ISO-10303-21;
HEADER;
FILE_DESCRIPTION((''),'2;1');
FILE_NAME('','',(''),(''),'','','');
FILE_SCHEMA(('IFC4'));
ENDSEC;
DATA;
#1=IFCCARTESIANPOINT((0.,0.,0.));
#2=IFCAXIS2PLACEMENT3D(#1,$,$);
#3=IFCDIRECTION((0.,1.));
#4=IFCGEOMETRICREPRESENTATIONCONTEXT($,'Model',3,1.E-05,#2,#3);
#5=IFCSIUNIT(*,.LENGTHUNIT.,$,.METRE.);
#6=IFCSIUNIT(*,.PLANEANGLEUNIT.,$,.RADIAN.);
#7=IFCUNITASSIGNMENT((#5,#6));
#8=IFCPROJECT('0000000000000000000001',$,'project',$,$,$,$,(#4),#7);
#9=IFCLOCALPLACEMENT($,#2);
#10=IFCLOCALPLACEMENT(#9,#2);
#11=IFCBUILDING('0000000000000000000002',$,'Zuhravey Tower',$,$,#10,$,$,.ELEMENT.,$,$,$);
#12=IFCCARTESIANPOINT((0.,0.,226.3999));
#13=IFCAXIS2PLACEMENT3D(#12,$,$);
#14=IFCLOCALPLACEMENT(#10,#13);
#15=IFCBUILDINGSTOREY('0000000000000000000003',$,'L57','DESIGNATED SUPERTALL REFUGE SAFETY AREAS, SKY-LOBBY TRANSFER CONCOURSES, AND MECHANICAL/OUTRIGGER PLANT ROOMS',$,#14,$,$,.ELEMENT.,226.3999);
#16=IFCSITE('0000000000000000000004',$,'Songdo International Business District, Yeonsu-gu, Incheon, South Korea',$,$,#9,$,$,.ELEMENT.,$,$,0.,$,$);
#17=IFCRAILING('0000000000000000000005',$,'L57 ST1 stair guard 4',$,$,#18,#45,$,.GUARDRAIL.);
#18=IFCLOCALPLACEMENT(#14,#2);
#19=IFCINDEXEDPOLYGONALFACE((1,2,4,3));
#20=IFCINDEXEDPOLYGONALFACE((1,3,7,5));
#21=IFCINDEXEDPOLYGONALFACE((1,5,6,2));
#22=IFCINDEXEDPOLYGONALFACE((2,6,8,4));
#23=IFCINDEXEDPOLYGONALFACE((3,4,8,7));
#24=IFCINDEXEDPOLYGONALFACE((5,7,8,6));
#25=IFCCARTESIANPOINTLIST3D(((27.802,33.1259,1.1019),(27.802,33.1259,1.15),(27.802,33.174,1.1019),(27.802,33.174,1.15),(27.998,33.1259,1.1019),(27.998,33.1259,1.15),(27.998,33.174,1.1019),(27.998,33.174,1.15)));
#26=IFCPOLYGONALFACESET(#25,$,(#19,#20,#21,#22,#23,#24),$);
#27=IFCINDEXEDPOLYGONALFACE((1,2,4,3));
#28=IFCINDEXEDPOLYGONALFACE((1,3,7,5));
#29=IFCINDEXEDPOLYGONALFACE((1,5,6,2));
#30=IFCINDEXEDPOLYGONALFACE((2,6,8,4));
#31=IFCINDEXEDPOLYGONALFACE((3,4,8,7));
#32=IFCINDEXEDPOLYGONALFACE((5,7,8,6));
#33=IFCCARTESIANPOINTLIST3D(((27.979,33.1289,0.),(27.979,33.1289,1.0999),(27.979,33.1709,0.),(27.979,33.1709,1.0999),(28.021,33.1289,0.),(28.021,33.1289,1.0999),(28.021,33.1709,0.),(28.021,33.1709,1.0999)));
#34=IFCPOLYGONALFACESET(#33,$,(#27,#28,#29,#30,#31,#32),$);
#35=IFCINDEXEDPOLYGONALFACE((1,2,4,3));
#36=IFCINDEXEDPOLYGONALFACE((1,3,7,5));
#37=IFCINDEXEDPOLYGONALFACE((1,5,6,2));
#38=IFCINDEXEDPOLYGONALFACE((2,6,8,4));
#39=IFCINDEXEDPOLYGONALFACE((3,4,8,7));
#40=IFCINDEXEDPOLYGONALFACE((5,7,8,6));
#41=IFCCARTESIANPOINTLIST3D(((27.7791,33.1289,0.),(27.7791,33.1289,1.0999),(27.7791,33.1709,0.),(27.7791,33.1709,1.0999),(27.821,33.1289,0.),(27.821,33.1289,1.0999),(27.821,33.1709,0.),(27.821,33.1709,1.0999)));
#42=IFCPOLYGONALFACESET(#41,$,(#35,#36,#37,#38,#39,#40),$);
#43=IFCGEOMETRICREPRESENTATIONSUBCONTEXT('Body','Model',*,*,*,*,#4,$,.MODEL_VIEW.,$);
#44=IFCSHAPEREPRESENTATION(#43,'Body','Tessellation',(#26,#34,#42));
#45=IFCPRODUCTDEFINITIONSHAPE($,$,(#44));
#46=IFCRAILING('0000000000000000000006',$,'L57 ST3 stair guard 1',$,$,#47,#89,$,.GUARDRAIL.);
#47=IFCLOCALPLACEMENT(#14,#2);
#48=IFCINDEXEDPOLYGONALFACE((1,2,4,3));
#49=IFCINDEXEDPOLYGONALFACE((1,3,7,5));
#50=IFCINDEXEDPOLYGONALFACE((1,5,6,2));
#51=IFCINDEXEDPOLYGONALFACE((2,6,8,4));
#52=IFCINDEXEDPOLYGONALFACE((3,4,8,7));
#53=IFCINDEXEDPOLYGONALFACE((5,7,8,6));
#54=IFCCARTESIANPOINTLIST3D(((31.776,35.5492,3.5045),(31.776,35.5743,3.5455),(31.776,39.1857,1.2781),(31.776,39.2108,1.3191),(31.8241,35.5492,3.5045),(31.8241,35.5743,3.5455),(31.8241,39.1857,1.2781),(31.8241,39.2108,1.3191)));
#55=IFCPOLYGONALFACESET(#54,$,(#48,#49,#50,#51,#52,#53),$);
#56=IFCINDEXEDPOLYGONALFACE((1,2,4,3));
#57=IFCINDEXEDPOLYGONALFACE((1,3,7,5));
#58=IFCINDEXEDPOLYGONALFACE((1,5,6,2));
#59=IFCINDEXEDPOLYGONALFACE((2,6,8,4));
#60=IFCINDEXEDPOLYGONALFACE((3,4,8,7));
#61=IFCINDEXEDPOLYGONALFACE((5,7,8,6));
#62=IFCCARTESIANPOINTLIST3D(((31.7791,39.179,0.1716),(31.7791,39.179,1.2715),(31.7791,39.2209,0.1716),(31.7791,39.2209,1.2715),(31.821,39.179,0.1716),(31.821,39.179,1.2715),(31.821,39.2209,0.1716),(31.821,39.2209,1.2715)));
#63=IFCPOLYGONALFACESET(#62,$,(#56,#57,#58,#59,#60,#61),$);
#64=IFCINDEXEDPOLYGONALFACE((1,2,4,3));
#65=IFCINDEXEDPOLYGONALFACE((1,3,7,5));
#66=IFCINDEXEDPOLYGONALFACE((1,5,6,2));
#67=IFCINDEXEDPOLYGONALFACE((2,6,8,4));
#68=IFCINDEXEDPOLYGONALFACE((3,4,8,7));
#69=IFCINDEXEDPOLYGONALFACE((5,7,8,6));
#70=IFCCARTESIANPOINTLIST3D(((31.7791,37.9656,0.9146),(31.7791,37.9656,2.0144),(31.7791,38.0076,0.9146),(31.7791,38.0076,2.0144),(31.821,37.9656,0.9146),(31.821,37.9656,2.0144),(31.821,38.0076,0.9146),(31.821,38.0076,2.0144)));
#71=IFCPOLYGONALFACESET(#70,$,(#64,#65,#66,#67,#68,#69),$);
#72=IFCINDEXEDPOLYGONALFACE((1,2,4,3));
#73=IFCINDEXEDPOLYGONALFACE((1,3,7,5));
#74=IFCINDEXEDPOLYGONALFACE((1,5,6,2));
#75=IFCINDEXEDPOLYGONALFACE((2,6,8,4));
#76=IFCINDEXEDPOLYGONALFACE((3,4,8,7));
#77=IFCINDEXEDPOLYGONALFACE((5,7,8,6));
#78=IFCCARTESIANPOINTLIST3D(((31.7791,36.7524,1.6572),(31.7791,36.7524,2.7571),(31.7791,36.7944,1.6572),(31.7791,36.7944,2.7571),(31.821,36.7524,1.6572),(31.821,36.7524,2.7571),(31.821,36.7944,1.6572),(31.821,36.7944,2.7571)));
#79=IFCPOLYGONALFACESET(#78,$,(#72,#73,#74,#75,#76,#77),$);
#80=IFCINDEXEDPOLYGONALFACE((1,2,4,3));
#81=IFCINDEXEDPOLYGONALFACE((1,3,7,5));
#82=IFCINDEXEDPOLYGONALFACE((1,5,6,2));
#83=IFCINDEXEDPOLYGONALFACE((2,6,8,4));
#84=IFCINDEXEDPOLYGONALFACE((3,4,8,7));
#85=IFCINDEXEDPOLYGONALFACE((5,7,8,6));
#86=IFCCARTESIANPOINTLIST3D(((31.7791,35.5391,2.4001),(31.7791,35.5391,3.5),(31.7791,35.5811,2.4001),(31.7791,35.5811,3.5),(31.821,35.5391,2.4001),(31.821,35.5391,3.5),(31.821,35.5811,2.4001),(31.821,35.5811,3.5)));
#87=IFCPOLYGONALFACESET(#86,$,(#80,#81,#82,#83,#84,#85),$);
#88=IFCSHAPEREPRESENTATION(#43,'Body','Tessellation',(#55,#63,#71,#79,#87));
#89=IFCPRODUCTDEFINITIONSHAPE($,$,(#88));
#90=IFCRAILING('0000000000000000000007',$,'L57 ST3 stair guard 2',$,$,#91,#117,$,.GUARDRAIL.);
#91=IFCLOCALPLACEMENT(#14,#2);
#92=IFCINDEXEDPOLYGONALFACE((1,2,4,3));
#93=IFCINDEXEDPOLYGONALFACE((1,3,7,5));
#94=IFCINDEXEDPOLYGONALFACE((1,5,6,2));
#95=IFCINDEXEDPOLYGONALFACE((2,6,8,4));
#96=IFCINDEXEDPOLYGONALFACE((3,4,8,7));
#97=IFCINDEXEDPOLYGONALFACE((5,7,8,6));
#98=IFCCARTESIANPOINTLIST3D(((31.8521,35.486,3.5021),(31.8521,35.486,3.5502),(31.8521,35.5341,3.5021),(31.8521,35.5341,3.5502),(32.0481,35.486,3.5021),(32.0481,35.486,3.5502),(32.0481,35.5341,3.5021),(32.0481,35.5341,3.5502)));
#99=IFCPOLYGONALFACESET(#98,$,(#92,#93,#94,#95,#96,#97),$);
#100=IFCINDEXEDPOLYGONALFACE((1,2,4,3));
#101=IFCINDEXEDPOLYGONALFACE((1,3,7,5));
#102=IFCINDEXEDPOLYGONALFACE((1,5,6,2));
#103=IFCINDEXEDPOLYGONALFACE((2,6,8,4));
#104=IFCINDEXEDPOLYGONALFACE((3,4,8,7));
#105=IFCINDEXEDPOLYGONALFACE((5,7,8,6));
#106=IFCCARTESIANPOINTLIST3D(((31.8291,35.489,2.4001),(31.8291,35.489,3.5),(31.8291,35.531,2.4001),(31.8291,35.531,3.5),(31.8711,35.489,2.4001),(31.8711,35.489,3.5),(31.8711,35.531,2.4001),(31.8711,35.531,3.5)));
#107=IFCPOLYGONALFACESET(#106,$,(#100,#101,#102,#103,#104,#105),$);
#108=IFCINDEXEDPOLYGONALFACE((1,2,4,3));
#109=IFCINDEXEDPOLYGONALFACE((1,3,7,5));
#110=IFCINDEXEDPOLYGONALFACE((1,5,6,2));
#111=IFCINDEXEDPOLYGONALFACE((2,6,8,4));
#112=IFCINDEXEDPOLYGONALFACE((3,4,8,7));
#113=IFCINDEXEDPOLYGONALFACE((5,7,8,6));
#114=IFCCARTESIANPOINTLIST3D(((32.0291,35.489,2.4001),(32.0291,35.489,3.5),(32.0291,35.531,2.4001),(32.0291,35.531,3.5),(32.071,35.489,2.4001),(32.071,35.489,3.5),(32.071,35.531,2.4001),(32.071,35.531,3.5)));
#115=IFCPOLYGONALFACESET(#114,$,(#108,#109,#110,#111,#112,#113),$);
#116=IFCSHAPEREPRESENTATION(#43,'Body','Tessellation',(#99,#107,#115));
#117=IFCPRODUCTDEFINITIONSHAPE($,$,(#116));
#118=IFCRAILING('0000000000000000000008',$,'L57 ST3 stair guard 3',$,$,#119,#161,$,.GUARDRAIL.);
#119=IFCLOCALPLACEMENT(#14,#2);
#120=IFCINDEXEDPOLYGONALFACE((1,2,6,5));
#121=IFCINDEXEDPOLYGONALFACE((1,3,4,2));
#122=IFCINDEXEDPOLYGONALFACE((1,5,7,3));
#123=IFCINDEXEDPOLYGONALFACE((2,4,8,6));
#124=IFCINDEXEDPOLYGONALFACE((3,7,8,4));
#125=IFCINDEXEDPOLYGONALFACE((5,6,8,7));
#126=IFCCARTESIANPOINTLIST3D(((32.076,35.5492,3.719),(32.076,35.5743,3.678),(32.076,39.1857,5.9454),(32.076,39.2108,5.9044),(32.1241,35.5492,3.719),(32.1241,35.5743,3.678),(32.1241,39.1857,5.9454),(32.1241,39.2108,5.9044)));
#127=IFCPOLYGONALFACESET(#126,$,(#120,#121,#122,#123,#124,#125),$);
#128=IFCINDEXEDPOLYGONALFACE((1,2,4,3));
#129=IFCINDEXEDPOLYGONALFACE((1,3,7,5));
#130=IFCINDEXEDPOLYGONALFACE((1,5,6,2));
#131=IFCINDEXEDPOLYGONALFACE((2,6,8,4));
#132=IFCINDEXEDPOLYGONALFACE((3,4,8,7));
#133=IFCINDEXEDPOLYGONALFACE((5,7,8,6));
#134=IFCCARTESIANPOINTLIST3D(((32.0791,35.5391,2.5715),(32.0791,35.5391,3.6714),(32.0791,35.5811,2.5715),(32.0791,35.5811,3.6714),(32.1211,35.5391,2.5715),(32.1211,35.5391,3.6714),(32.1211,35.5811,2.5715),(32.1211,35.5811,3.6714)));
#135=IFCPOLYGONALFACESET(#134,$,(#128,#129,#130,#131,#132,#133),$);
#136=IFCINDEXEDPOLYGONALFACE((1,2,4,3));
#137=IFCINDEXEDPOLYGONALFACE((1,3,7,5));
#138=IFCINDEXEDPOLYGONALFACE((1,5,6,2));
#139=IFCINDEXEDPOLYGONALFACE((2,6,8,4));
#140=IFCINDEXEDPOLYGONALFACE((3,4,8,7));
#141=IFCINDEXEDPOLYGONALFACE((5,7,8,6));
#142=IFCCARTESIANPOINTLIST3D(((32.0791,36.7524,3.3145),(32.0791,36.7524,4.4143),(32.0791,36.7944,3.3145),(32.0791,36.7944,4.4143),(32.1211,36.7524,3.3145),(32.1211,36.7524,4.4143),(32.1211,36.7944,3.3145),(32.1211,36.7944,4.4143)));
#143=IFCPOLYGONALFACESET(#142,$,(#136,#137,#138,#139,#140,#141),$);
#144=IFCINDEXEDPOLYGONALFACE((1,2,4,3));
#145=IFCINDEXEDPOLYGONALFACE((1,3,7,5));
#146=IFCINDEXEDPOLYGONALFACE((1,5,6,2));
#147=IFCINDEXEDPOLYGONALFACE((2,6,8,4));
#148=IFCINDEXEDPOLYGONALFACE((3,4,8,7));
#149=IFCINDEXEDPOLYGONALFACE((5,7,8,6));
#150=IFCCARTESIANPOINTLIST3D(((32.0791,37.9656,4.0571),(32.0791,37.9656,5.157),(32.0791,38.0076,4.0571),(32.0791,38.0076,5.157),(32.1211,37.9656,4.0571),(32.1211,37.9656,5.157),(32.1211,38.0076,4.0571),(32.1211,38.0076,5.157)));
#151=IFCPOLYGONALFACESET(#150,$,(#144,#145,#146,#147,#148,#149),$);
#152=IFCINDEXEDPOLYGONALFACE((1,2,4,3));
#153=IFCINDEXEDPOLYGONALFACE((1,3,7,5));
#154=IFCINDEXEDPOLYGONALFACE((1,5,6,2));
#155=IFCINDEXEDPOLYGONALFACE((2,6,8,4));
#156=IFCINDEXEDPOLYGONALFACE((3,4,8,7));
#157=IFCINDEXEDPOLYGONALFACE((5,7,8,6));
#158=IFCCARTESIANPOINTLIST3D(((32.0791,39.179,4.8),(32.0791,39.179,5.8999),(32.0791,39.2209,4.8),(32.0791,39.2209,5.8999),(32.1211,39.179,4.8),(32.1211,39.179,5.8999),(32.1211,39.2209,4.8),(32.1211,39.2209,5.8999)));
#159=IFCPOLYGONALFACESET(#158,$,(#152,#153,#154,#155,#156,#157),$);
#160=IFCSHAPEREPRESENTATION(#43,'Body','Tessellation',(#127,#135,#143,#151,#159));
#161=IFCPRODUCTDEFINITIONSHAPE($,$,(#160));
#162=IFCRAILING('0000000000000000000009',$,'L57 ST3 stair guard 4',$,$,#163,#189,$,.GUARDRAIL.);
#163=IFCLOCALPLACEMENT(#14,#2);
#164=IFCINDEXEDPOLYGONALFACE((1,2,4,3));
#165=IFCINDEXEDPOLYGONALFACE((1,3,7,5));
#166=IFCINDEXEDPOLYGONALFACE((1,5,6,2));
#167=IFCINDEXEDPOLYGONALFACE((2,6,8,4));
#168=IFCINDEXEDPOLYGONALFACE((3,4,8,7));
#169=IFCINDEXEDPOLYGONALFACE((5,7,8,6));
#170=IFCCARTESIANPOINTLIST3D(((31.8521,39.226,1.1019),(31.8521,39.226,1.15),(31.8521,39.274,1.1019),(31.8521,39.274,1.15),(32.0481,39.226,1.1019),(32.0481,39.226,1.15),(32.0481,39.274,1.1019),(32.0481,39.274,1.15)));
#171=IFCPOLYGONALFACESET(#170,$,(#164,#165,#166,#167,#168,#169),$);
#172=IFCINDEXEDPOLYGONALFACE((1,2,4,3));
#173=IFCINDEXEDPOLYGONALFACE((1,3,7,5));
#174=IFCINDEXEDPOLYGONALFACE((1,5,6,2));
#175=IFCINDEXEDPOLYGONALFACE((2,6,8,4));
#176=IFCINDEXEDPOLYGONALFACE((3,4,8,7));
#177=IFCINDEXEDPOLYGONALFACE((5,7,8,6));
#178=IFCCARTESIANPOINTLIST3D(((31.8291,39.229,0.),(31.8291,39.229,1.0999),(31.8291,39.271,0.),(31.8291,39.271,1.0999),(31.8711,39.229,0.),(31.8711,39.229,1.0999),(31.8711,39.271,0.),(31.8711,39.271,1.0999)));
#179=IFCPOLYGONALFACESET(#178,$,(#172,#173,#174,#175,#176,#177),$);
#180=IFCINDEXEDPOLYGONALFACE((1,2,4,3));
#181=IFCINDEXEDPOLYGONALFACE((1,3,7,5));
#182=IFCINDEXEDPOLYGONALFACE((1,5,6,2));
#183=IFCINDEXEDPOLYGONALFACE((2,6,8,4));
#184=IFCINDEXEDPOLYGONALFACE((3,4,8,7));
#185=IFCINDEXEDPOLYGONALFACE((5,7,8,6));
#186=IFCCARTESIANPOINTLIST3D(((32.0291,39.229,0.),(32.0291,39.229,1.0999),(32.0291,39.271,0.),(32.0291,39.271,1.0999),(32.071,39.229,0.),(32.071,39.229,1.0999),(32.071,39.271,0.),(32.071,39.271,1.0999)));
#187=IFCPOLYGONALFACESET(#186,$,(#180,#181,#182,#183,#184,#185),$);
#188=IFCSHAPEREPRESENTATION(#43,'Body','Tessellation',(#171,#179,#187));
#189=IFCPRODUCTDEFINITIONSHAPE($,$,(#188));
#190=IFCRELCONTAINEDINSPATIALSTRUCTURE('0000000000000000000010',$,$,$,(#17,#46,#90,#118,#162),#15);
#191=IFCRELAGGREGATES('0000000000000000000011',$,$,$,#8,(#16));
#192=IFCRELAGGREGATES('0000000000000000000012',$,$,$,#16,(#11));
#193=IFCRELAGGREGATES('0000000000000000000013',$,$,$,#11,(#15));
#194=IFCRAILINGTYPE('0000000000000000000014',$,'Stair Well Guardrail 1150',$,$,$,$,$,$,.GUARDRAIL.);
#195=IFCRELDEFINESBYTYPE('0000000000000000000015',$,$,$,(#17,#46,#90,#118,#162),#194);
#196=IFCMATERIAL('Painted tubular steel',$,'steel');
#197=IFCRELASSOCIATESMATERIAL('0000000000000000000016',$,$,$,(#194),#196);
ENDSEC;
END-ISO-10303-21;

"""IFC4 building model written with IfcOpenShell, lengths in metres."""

from ifc_helpers import new_model, si_unit, direction, frame, origin, origin_2d, place, context, subcontext, project, spatial, rectangle, extrude, material, type_object, element, save


model = new_model("IFC4")

# Units and contexts
model_context = context("Model", 3, precision=1e-05, world=origin(), true_north=direction((0.0, 1.0)))
body_context = subcontext(model_context, "Body", "Model", "MODEL_VIEW")
ifc_project = project(units=[si_unit("LENGTHUNIT", "METRE"), si_unit("PLANEANGLEUNIT", "RADIAN")], contexts=[model_context])

# Site, building, storey
site_placement = place(None, origin())
site = spatial("IfcSite", under=ifc_project, at=site_placement, Name="Songdo International Business District, Yeonsu-gu, Incheon, South Korea", CompositionType="ELEMENT", RefElevation=0.0)
building_placement = place(site_placement, origin())
building = spatial("IfcBuilding", under=site, at=building_placement, Name="Zuhravey Tower", CompositionType="ELEMENT")
storey_placement = place(building_placement, frame((0.0, 0.0, 226.3999)))
storey = spatial("IfcBuildingStorey", under=building, at=storey_placement, Name="L57", Description="DESIGNATED SUPERTALL REFUGE SAFETY AREAS, SKY-LOBBY TRANSFER CONCOURSES, AND MECHANICAL/OUTRIGGER PLANT ROOMS", CompositionType="ELEMENT", Elevation=226.3999)

# Railings
ifc_material_1 = material(Name="Painted tubular steel", Category="steel")
railing_type_1 = type_object("IfcRailingType", Name="Stair Well Guardrail 1150", PredefinedType="GUARDRAIL", material=ifc_material_1)
railing_1_placement = place(storey_placement, frame((28.0, 33.1499, 0.0)))
element("IfcRailing", 1, at=railing_1_placement, inside=storey, type_object=railing_type_1, Name="L57 ST1 stair guard 4", PredefinedType="GUARDRAIL", context=body_context, shape_type="SweptSolid", body=[
    extrude(rectangle(XDim=0.0481, YDim=0.0481, at=origin_2d()), frame((-0.002, 0.0, 1.126), z_axis=(-1.0, 0.0, 0.0), x_axis=(0.0, -1.0, 0.0)), (0.0, 0.0, 1.0), 0.196),
    extrude(rectangle(XDim=0.042, YDim=0.042, at=origin_2d()), origin(), (0.0, 0.0, 1.0), 1.0999),
    extrude(rectangle(XDim=0.042, YDim=0.042, at=origin_2d()), frame((-0.2, 0.0, 0.0)), (0.0, 0.0, 1.0), 1.0999),
])
railing_2_placement = place(storey_placement, frame((31.8, 39.2, 0.1716)))
element("IfcRailing", 2, at=railing_2_placement, inside=storey, type_object=railing_type_1, Name="L57 ST3 stair guard 1", PredefinedType="GUARDRAIL", context=body_context, shape_type="SweptSolid", body=[
    extrude(rectangle(XDim=0.0481, YDim=0.0481, at=origin_2d()), frame((0.0, -0.0017, 1.127), z_axis=(0.0, -0.85285, 0.522156), x_axis=(1.0, 0.0, 0.0)), (0.0, 0.0, 1.0), 4.2639),
    extrude(rectangle(XDim=0.042, YDim=0.042, at=origin_2d()), origin(), (0.0, 0.0, 1.0), 1.0999),
    extrude(rectangle(XDim=0.042, YDim=0.042, at=origin_2d()), frame((0.0, -1.2134, 0.7429)), (0.0, 0.0, 1.0), 1.0999),
    extrude(rectangle(XDim=0.042, YDim=0.042, at=origin_2d()), frame((0.0, -2.4265, 1.4856)), (0.0, 0.0, 1.0), 1.0999),
    extrude(rectangle(XDim=0.042, YDim=0.042, at=origin_2d()), frame((0.0, -3.6399, 2.2285)), (0.0, 0.0, 1.0), 1.0999),
])
railing_3_placement = place(storey_placement, frame((31.8501, 35.51, 2.4001)))
element("IfcRailing", 3, at=railing_3_placement, inside=storey, type_object=railing_type_1, Name="L57 ST3 stair guard 2", PredefinedType="GUARDRAIL", context=body_context, shape_type="SweptSolid", body=[
    extrude(rectangle(XDim=0.0481, YDim=0.0481, at=origin_2d()), frame((0.002, 0.0, 1.126), z_axis=(1.0, 0.0, 0.0), x_axis=(0.0, 1.0, 0.0)), (0.0, 0.0, 1.0), 0.196),
    extrude(rectangle(XDim=0.042, YDim=0.042, at=origin_2d()), origin(), (0.0, 0.0, 1.0), 1.0999),
    extrude(rectangle(XDim=0.042, YDim=0.042, at=origin_2d()), frame((0.2, 0.0, 0.0)), (0.0, 0.0, 1.0), 1.0999),
])
railing_4_placement = place(storey_placement, frame((32.1001, 35.5601, 2.5715)))
element("IfcRailing", 4, at=railing_4_placement, inside=storey, type_object=railing_type_1, Name="L57 ST3 stair guard 3", PredefinedType="GUARDRAIL", context=body_context, shape_type="SweptSolid", body=[
    extrude(rectangle(XDim=0.0481, YDim=0.0481, at=origin_2d()), frame((0.0, 0.0017, 1.127), z_axis=(0.0, 0.85285, 0.522156), x_axis=(-1.0, 0.0, 0.0)), (0.0, 0.0, 1.0), 4.2639),
    extrude(rectangle(XDim=0.042, YDim=0.042, at=origin_2d()), origin(), (0.0, 0.0, 1.0), 1.0999),
    extrude(rectangle(XDim=0.042, YDim=0.042, at=origin_2d()), frame((0.0, 1.2134, 0.7429)), (0.0, 0.0, 1.0), 1.0999),
    extrude(rectangle(XDim=0.042, YDim=0.042, at=origin_2d()), frame((0.0, 2.4265, 1.4856)), (0.0, 0.0, 1.0), 1.0999),
    extrude(rectangle(XDim=0.042, YDim=0.042, at=origin_2d()), frame((0.0, 3.6399, 2.2285)), (0.0, 0.0, 1.0), 1.0999),
])
railing_5_placement = place(storey_placement, frame((31.8501, 39.25, 0.0)))
element("IfcRailing", 5, at=railing_5_placement, inside=storey, type_object=railing_type_1, Name="L57 ST3 stair guard 4", PredefinedType="GUARDRAIL", context=body_context, shape_type="SweptSolid", body=[
    extrude(rectangle(XDim=0.0481, YDim=0.0481, at=origin_2d()), frame((0.002, 0.0, 1.126), z_axis=(1.0, 0.0, 0.0), x_axis=(0.0, 1.0, 0.0)), (0.0, 0.0, 1.0), 0.196),
    extrude(rectangle(XDim=0.042, YDim=0.042, at=origin_2d()), origin(), (0.0, 0.0, 1.0), 1.0999),
    extrude(rectangle(XDim=0.042, YDim=0.042, at=origin_2d()), frame((0.2, 0.0, 0.0)), (0.0, 0.0, 1.0), 1.0999),
])

save(model, "model.ifc")
